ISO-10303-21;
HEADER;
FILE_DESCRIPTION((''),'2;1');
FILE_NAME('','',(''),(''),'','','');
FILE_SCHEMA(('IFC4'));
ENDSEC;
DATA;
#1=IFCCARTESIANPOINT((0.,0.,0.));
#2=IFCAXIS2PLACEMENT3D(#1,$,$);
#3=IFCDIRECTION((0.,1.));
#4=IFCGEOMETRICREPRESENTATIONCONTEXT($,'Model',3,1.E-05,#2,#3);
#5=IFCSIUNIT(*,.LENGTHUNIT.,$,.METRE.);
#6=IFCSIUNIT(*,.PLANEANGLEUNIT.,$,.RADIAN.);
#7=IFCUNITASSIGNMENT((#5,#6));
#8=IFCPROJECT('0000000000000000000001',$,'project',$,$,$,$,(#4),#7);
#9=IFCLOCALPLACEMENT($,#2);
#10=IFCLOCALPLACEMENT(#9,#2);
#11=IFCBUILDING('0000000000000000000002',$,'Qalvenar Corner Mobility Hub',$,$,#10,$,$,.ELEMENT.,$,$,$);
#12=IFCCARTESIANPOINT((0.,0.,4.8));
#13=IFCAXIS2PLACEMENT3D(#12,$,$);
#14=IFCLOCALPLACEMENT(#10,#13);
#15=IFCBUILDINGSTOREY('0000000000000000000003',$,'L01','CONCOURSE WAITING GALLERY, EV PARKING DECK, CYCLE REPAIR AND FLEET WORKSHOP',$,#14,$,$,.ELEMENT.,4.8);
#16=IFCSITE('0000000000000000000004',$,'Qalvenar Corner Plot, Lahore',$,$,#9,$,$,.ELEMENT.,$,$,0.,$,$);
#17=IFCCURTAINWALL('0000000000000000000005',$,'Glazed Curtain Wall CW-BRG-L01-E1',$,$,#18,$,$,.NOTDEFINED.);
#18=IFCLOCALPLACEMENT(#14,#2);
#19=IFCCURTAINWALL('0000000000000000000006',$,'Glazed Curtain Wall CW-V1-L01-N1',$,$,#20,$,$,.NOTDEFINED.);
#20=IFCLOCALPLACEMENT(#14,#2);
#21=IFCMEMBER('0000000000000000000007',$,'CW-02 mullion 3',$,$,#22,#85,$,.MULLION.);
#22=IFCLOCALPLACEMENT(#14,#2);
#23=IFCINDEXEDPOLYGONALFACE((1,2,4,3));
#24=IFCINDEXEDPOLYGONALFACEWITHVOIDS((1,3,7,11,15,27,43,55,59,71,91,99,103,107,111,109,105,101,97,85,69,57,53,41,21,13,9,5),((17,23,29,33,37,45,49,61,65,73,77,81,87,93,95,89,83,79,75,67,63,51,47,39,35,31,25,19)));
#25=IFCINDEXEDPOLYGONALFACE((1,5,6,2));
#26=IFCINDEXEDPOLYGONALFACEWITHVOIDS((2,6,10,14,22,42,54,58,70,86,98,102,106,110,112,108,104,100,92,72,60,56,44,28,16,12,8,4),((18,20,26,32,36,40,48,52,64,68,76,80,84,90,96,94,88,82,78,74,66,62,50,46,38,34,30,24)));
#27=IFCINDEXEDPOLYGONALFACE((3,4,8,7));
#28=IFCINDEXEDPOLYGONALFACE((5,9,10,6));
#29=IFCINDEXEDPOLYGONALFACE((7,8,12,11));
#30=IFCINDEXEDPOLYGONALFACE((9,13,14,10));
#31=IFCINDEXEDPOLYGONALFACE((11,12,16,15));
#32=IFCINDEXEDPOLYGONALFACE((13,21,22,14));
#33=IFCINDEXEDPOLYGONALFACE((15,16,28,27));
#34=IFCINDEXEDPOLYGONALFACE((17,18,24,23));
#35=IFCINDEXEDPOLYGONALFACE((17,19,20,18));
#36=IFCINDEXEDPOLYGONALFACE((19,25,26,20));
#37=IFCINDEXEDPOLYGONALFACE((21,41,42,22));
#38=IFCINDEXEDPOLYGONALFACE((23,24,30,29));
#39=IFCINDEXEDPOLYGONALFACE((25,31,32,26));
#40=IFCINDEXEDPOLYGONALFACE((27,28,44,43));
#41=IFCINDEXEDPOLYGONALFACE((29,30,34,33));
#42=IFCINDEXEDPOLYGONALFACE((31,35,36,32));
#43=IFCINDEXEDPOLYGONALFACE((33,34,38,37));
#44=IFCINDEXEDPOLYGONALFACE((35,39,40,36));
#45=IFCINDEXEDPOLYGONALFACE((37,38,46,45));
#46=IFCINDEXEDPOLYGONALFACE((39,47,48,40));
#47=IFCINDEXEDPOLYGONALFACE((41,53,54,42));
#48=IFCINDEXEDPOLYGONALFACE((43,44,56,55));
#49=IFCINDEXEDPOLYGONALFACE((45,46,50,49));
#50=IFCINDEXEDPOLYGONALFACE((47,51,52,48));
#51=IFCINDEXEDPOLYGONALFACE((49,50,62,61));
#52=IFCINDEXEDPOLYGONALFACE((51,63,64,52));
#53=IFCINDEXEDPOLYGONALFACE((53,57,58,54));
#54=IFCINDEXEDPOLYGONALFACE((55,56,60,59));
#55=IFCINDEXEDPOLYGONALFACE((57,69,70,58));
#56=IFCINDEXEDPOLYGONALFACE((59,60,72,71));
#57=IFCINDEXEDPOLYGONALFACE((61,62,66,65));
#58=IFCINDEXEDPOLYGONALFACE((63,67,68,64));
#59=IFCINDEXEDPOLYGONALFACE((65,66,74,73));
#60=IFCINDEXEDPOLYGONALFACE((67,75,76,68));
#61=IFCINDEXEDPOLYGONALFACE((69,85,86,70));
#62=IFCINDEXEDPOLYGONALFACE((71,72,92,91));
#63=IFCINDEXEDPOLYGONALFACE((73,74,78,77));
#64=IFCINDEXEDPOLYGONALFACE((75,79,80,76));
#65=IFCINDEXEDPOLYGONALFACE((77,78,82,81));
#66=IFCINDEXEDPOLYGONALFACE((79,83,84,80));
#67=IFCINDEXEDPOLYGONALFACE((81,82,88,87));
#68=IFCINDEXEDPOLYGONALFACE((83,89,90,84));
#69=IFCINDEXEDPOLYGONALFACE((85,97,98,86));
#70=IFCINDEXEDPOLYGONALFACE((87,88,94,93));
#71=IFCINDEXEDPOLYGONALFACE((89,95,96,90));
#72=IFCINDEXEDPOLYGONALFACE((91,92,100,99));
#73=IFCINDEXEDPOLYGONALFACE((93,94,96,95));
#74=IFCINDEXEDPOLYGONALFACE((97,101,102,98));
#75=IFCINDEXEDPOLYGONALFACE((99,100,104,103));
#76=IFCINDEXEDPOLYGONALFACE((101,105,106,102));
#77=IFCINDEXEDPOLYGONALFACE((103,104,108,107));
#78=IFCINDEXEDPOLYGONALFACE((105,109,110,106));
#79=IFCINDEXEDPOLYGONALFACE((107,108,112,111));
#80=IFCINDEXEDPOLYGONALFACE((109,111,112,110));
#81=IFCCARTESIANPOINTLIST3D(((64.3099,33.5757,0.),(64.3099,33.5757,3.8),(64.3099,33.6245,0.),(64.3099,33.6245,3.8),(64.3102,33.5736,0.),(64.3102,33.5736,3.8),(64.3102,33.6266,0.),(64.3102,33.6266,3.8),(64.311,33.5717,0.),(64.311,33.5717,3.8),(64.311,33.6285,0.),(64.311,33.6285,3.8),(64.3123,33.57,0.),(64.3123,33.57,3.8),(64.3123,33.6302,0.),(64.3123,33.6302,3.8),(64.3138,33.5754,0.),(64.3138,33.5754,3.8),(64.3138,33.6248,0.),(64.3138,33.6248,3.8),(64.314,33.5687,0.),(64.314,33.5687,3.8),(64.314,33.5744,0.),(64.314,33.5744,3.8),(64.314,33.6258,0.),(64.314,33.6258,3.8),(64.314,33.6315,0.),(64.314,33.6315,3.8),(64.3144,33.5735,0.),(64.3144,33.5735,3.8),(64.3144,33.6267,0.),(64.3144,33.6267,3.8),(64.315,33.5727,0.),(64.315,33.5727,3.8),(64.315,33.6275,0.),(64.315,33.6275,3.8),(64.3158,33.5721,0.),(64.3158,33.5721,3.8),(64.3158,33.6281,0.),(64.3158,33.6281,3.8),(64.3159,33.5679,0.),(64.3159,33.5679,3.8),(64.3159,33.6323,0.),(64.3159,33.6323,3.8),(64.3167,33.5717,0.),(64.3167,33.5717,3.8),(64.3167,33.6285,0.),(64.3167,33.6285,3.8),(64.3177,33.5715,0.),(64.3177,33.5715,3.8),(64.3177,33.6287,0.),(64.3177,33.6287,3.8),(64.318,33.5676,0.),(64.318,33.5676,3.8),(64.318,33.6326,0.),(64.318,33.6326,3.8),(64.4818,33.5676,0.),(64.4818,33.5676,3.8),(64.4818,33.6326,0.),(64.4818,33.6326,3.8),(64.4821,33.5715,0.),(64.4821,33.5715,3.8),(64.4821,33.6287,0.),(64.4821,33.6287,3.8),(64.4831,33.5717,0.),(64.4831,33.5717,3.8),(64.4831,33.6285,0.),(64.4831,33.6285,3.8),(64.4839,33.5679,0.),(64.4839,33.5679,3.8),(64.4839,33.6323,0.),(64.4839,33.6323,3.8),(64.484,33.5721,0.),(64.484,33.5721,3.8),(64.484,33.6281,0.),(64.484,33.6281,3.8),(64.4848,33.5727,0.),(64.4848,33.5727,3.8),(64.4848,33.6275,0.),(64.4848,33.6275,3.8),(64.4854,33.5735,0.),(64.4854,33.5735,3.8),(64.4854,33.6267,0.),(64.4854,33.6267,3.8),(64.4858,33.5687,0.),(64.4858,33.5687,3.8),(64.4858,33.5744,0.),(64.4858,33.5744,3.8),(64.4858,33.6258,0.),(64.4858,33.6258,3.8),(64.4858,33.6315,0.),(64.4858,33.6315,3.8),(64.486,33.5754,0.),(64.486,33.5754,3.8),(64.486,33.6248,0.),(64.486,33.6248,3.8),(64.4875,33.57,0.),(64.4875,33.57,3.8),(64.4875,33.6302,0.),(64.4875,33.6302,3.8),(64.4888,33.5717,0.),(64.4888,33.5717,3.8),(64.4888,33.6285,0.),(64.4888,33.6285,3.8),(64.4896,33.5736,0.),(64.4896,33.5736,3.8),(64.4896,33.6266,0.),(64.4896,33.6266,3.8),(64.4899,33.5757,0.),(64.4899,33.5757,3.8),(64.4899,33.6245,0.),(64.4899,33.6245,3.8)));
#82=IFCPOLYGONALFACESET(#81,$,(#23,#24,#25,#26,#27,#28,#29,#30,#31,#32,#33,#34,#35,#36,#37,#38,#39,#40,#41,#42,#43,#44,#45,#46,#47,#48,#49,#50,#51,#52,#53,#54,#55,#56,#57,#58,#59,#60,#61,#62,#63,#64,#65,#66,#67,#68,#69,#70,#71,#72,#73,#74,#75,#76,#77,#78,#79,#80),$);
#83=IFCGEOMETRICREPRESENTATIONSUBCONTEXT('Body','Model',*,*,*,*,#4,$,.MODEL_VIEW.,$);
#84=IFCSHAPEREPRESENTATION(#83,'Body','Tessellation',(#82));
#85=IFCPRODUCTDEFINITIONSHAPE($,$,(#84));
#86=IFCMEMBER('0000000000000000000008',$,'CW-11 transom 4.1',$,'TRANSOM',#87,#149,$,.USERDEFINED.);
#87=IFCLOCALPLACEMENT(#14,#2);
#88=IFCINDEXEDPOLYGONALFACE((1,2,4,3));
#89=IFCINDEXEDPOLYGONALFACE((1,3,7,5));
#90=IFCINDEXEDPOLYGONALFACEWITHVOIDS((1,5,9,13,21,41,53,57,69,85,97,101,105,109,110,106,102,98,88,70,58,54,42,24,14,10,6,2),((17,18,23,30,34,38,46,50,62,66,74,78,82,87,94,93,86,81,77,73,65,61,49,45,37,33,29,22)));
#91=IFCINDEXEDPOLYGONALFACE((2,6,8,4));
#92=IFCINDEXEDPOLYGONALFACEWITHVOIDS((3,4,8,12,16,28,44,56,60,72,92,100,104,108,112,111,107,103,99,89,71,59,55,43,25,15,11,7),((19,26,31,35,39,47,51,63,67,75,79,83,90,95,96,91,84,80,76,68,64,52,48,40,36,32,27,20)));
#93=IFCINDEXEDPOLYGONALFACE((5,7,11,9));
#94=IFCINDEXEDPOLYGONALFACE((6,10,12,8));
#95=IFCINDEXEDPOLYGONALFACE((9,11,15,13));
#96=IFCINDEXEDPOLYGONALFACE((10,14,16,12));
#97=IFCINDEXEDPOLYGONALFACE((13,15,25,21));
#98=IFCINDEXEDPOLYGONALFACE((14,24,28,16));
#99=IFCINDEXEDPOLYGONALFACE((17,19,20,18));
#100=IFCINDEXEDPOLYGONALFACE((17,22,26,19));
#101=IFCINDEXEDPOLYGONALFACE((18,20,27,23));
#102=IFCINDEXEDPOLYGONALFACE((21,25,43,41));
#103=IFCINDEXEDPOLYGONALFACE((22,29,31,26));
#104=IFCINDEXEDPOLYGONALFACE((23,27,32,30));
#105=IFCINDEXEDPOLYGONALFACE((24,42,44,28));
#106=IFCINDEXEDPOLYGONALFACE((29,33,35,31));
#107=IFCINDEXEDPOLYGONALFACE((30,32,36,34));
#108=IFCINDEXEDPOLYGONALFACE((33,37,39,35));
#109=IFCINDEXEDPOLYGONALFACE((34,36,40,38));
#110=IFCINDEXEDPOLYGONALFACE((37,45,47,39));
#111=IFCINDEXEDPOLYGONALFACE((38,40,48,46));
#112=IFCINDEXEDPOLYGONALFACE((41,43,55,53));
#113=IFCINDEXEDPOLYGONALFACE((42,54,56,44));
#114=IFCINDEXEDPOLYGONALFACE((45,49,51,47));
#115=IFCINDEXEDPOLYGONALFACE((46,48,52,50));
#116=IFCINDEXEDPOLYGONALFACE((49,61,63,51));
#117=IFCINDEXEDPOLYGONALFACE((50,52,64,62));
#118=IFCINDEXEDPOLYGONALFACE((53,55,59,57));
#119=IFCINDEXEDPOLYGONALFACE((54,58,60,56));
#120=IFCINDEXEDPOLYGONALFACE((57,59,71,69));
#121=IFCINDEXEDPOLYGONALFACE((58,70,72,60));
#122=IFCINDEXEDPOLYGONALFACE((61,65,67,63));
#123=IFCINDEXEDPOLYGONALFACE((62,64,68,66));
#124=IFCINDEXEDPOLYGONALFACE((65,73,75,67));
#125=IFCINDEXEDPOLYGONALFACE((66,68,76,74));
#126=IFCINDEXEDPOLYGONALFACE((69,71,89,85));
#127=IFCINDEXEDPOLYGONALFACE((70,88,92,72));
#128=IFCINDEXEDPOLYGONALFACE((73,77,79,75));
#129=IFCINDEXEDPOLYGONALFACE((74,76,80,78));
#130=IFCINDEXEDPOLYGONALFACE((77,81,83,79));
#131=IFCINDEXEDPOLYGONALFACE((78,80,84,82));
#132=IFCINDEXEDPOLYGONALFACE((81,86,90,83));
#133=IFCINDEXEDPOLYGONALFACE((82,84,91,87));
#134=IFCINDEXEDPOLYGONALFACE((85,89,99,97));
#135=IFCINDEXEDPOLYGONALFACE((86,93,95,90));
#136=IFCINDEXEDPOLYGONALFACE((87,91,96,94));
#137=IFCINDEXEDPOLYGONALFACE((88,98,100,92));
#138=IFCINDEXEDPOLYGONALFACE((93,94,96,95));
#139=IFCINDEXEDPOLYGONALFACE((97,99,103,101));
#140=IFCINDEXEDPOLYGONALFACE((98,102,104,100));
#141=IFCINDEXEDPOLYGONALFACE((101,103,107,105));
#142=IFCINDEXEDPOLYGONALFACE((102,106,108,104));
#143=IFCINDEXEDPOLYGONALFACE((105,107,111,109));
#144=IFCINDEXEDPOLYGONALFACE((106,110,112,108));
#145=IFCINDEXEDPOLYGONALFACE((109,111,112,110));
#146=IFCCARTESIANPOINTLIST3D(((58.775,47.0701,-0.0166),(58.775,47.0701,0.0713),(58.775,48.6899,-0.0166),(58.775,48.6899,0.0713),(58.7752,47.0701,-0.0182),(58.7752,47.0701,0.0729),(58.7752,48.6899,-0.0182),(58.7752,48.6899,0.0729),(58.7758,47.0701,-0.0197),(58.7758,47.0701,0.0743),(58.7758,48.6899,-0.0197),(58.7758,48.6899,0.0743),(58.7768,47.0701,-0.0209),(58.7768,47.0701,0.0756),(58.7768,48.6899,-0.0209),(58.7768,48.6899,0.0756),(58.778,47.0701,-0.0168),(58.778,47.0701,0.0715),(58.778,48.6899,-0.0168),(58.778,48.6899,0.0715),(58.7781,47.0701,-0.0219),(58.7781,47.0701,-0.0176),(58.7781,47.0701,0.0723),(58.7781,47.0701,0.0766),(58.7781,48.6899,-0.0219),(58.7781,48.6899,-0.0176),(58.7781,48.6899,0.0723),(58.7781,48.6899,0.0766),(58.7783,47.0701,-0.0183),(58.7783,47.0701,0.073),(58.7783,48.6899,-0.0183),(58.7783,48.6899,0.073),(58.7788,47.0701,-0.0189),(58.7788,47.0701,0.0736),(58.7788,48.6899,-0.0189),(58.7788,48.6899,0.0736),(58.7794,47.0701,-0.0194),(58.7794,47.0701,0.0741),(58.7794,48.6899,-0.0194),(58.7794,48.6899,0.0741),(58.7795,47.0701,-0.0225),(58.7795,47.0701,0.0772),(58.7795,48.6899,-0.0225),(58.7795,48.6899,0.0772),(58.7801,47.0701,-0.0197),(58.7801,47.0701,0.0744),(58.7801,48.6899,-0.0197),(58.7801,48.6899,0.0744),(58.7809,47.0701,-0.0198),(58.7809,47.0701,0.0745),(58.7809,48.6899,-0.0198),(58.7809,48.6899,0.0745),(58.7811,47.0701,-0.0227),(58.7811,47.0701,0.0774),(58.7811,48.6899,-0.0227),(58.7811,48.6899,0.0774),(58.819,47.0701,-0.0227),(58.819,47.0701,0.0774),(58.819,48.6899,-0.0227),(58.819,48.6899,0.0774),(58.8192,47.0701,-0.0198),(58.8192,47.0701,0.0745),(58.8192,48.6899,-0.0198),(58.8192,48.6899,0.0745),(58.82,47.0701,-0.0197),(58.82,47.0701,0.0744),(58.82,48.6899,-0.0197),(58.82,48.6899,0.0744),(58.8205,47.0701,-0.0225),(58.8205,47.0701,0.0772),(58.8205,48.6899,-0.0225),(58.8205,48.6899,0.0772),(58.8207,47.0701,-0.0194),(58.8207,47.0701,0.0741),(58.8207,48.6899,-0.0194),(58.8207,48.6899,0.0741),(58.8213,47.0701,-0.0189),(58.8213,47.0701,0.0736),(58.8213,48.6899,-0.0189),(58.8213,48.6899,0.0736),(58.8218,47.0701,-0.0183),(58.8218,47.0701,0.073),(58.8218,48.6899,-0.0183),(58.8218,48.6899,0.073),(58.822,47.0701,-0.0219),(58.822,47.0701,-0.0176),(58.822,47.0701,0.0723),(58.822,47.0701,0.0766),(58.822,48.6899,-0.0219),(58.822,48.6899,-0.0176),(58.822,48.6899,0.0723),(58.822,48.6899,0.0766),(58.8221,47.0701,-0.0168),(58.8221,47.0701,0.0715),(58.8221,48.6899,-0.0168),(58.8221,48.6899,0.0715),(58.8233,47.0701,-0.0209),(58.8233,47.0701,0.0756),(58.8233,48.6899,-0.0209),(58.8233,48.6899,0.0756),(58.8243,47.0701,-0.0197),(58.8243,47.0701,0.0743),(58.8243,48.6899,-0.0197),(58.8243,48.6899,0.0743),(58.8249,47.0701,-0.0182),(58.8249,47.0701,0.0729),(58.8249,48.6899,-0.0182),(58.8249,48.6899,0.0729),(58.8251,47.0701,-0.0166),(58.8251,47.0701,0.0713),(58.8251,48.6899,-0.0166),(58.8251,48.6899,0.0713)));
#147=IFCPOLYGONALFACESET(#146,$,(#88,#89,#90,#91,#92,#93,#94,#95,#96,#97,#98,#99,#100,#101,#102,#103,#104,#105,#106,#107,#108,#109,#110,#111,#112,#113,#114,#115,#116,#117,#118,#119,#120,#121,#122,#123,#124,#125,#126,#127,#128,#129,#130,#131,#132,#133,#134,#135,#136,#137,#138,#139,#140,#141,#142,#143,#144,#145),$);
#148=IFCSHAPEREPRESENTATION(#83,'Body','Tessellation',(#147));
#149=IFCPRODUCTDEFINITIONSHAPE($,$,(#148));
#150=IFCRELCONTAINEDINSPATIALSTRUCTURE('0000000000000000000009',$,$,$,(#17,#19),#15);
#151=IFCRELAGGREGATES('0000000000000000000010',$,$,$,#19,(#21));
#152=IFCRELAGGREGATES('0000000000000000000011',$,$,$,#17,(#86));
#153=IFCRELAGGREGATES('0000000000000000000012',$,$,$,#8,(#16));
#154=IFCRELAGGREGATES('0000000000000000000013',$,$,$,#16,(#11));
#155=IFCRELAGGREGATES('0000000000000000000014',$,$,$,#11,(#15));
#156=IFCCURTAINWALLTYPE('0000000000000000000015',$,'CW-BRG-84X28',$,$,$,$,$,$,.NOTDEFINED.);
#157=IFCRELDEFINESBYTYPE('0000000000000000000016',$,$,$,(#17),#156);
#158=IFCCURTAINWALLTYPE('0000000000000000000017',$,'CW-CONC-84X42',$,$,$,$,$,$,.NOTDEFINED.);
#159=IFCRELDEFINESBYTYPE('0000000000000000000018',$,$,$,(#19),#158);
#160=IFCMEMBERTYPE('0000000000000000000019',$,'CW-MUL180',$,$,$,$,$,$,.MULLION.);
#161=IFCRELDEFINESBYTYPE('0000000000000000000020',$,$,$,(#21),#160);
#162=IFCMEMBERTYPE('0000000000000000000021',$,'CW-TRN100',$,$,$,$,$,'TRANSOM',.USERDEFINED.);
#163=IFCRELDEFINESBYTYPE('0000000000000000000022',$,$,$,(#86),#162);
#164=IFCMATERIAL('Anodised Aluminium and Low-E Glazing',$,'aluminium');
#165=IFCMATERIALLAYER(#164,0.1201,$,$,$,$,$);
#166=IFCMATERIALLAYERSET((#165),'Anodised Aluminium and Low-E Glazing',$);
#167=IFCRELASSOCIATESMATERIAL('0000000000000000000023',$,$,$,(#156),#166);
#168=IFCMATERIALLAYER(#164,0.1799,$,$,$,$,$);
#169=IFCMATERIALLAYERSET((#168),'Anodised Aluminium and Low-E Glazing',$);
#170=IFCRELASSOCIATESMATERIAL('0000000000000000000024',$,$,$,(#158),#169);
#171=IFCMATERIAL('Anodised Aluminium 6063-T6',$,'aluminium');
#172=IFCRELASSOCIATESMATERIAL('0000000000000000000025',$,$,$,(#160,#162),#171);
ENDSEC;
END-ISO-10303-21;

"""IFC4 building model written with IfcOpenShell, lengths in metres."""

from ifc_helpers import new_model, si_unit, direction, frame, origin, origin_2d, place, context, subcontext, project, spatial, hollow_rectangle, extrude, material, layer, layer_set, material_profile, profile_set, type_object, element, aggregate, save


model = new_model("IFC4")

# Units and contexts
model_context = context("Model", 3, precision=1e-05, world=origin(), true_north=direction((0.0, 1.0)))
body_context = subcontext(model_context, "Body", "Model", "MODEL_VIEW")
ifc_project = project(units=[si_unit("LENGTHUNIT", "METRE"), si_unit("PLANEANGLEUNIT", "RADIAN")], contexts=[model_context])

# Site, building, storey
site_placement = place(None, origin())
site = spatial("IfcSite", under=ifc_project, at=site_placement, Name="Qalvenar Corner Plot, Lahore", CompositionType="ELEMENT", RefElevation=0.0)
building_placement = place(site_placement, origin())
building = spatial("IfcBuilding", under=site, at=building_placement, Name="Qalvenar Corner Mobility Hub", CompositionType="ELEMENT")
storey_placement = place(building_placement, frame((0.0, 0.0, 4.8)))
storey = spatial("IfcBuildingStorey", under=building, at=storey_placement, Name="L01", Description="CONCOURSE WAITING GALLERY, EV PARKING DECK, CYCLE REPAIR AND FLEET WORKSHOP", CompositionType="ELEMENT", Elevation=4.8)

# Curtain walls, member
ifc_material_1 = material(Name="Anodised Aluminium and Low-E Glazing", Category="aluminium")
ifc_layer_1 = layer(ifc_material_1, 0.1201)
ifc_layer_set_1 = layer_set([ifc_layer_1], Name="Anodised Aluminium and Low-E Glazing")
curtain_wall_type_1 = type_object("IfcCurtainWallType", Name="CW-BRG-84X28", PredefinedType="NOTDEFINED", material=ifc_layer_set_1)
curtain_wall_1_placement = place(storey_placement, origin())
curtain_wall_1 = element("IfcCurtainWall", 1, at=curtain_wall_1_placement, inside=storey, type_object=curtain_wall_type_1, Name="Glazed Curtain Wall CW-BRG-L01-E1", PredefinedType="NOTDEFINED")
ifc_material_2 = material(Name="Anodised Aluminium 6063-T6", Category="aluminium")
ifc_layer_2 = layer(ifc_material_1, 0.1799)
ifc_layer_set_2 = layer_set([ifc_layer_2], Name="Anodised Aluminium and Low-E Glazing")
curtain_wall_type_2 = type_object("IfcCurtainWallType", Name="CW-CONC-84X42", PredefinedType="NOTDEFINED", material=ifc_layer_set_2)
curtain_wall_2_placement = place(storey_placement, origin())
curtain_wall_2 = element("IfcCurtainWall", 2, at=curtain_wall_2_placement, inside=storey, type_object=curtain_wall_type_2, Name="Glazed Curtain Wall CW-V1-L01-N1", PredefinedType="NOTDEFINED")
ifc_material_profile_1 = material_profile(ifc_material_2, hollow_rectangle(XDim=0.0649, YDim=0.1799, WallThickness=0.0039, InnerFilletRadius=0.0039, OuterFilletRadius=0.0081, at=origin_2d()), Name="RHS180x65x4")
ifc_profile_set_1 = profile_set([ifc_material_profile_1], Name="Anodised Aluminium 6063-T6")
member_type_1 = type_object("IfcMemberType", Name="CW-MUL180", PredefinedType="MULLION", material=ifc_profile_set_1)
member_1_placement = place(storey_placement, frame((64.3999, 33.6001, 0.0), z_axis=(0.0, 0.0, 1.0), x_axis=(0.0, -1.0, 0.0)))
member_1 = element("IfcMember", 3, at=member_1_placement, type_object=member_type_1, Name="CW-02 mullion 3", PredefinedType="MULLION", context=body_context, shape_type="SweptSolid", body=[
    extrude(hollow_rectangle(XDim=0.0649, YDim=0.1799, WallThickness=0.0039, InnerFilletRadius=0.0039, OuterFilletRadius=0.0081, at=origin_2d()), origin(), (0.0, 0.0, 1.0), 3.8),
])

# Member
ifc_material_profile_2 = material_profile(ifc_material_2, hollow_rectangle(XDim=0.05, YDim=0.1001, WallThickness=0.0029, InnerFilletRadius=0.0029, OuterFilletRadius=0.0061, at=origin_2d()), Name="RHS100x50x3")
ifc_profile_set_2 = profile_set([ifc_material_profile_2], Name="Anodised Aluminium 6063-T6")
member_type_2 = type_object("IfcMemberType", Name="CW-TRN100", ElementType="TRANSOM", PredefinedType="USERDEFINED", material=ifc_profile_set_2)
member_2_placement = place(storey_placement, frame((58.8, 47.0701, 0.0273), z_axis=(0.0, 1.0, 0.0), x_axis=(-1.0, 0.0, 0.0)))
member_2 = element("IfcMember", 4, at=member_2_placement, type_object=member_type_2, Name="CW-11 transom 4.1", ObjectType="TRANSOM", PredefinedType="USERDEFINED", context=body_context, shape_type="SweptSolid", body=[
    extrude(hollow_rectangle(XDim=0.05, YDim=0.1001, WallThickness=0.0029, InnerFilletRadius=0.0029, OuterFilletRadius=0.0061, at=origin_2d()), origin(), (0.0, 0.0, 1.0), 1.6199),
])

aggregate(curtain_wall_2, [member_1])
aggregate(curtain_wall_1, [member_2])

save(model, "model.ifc")
